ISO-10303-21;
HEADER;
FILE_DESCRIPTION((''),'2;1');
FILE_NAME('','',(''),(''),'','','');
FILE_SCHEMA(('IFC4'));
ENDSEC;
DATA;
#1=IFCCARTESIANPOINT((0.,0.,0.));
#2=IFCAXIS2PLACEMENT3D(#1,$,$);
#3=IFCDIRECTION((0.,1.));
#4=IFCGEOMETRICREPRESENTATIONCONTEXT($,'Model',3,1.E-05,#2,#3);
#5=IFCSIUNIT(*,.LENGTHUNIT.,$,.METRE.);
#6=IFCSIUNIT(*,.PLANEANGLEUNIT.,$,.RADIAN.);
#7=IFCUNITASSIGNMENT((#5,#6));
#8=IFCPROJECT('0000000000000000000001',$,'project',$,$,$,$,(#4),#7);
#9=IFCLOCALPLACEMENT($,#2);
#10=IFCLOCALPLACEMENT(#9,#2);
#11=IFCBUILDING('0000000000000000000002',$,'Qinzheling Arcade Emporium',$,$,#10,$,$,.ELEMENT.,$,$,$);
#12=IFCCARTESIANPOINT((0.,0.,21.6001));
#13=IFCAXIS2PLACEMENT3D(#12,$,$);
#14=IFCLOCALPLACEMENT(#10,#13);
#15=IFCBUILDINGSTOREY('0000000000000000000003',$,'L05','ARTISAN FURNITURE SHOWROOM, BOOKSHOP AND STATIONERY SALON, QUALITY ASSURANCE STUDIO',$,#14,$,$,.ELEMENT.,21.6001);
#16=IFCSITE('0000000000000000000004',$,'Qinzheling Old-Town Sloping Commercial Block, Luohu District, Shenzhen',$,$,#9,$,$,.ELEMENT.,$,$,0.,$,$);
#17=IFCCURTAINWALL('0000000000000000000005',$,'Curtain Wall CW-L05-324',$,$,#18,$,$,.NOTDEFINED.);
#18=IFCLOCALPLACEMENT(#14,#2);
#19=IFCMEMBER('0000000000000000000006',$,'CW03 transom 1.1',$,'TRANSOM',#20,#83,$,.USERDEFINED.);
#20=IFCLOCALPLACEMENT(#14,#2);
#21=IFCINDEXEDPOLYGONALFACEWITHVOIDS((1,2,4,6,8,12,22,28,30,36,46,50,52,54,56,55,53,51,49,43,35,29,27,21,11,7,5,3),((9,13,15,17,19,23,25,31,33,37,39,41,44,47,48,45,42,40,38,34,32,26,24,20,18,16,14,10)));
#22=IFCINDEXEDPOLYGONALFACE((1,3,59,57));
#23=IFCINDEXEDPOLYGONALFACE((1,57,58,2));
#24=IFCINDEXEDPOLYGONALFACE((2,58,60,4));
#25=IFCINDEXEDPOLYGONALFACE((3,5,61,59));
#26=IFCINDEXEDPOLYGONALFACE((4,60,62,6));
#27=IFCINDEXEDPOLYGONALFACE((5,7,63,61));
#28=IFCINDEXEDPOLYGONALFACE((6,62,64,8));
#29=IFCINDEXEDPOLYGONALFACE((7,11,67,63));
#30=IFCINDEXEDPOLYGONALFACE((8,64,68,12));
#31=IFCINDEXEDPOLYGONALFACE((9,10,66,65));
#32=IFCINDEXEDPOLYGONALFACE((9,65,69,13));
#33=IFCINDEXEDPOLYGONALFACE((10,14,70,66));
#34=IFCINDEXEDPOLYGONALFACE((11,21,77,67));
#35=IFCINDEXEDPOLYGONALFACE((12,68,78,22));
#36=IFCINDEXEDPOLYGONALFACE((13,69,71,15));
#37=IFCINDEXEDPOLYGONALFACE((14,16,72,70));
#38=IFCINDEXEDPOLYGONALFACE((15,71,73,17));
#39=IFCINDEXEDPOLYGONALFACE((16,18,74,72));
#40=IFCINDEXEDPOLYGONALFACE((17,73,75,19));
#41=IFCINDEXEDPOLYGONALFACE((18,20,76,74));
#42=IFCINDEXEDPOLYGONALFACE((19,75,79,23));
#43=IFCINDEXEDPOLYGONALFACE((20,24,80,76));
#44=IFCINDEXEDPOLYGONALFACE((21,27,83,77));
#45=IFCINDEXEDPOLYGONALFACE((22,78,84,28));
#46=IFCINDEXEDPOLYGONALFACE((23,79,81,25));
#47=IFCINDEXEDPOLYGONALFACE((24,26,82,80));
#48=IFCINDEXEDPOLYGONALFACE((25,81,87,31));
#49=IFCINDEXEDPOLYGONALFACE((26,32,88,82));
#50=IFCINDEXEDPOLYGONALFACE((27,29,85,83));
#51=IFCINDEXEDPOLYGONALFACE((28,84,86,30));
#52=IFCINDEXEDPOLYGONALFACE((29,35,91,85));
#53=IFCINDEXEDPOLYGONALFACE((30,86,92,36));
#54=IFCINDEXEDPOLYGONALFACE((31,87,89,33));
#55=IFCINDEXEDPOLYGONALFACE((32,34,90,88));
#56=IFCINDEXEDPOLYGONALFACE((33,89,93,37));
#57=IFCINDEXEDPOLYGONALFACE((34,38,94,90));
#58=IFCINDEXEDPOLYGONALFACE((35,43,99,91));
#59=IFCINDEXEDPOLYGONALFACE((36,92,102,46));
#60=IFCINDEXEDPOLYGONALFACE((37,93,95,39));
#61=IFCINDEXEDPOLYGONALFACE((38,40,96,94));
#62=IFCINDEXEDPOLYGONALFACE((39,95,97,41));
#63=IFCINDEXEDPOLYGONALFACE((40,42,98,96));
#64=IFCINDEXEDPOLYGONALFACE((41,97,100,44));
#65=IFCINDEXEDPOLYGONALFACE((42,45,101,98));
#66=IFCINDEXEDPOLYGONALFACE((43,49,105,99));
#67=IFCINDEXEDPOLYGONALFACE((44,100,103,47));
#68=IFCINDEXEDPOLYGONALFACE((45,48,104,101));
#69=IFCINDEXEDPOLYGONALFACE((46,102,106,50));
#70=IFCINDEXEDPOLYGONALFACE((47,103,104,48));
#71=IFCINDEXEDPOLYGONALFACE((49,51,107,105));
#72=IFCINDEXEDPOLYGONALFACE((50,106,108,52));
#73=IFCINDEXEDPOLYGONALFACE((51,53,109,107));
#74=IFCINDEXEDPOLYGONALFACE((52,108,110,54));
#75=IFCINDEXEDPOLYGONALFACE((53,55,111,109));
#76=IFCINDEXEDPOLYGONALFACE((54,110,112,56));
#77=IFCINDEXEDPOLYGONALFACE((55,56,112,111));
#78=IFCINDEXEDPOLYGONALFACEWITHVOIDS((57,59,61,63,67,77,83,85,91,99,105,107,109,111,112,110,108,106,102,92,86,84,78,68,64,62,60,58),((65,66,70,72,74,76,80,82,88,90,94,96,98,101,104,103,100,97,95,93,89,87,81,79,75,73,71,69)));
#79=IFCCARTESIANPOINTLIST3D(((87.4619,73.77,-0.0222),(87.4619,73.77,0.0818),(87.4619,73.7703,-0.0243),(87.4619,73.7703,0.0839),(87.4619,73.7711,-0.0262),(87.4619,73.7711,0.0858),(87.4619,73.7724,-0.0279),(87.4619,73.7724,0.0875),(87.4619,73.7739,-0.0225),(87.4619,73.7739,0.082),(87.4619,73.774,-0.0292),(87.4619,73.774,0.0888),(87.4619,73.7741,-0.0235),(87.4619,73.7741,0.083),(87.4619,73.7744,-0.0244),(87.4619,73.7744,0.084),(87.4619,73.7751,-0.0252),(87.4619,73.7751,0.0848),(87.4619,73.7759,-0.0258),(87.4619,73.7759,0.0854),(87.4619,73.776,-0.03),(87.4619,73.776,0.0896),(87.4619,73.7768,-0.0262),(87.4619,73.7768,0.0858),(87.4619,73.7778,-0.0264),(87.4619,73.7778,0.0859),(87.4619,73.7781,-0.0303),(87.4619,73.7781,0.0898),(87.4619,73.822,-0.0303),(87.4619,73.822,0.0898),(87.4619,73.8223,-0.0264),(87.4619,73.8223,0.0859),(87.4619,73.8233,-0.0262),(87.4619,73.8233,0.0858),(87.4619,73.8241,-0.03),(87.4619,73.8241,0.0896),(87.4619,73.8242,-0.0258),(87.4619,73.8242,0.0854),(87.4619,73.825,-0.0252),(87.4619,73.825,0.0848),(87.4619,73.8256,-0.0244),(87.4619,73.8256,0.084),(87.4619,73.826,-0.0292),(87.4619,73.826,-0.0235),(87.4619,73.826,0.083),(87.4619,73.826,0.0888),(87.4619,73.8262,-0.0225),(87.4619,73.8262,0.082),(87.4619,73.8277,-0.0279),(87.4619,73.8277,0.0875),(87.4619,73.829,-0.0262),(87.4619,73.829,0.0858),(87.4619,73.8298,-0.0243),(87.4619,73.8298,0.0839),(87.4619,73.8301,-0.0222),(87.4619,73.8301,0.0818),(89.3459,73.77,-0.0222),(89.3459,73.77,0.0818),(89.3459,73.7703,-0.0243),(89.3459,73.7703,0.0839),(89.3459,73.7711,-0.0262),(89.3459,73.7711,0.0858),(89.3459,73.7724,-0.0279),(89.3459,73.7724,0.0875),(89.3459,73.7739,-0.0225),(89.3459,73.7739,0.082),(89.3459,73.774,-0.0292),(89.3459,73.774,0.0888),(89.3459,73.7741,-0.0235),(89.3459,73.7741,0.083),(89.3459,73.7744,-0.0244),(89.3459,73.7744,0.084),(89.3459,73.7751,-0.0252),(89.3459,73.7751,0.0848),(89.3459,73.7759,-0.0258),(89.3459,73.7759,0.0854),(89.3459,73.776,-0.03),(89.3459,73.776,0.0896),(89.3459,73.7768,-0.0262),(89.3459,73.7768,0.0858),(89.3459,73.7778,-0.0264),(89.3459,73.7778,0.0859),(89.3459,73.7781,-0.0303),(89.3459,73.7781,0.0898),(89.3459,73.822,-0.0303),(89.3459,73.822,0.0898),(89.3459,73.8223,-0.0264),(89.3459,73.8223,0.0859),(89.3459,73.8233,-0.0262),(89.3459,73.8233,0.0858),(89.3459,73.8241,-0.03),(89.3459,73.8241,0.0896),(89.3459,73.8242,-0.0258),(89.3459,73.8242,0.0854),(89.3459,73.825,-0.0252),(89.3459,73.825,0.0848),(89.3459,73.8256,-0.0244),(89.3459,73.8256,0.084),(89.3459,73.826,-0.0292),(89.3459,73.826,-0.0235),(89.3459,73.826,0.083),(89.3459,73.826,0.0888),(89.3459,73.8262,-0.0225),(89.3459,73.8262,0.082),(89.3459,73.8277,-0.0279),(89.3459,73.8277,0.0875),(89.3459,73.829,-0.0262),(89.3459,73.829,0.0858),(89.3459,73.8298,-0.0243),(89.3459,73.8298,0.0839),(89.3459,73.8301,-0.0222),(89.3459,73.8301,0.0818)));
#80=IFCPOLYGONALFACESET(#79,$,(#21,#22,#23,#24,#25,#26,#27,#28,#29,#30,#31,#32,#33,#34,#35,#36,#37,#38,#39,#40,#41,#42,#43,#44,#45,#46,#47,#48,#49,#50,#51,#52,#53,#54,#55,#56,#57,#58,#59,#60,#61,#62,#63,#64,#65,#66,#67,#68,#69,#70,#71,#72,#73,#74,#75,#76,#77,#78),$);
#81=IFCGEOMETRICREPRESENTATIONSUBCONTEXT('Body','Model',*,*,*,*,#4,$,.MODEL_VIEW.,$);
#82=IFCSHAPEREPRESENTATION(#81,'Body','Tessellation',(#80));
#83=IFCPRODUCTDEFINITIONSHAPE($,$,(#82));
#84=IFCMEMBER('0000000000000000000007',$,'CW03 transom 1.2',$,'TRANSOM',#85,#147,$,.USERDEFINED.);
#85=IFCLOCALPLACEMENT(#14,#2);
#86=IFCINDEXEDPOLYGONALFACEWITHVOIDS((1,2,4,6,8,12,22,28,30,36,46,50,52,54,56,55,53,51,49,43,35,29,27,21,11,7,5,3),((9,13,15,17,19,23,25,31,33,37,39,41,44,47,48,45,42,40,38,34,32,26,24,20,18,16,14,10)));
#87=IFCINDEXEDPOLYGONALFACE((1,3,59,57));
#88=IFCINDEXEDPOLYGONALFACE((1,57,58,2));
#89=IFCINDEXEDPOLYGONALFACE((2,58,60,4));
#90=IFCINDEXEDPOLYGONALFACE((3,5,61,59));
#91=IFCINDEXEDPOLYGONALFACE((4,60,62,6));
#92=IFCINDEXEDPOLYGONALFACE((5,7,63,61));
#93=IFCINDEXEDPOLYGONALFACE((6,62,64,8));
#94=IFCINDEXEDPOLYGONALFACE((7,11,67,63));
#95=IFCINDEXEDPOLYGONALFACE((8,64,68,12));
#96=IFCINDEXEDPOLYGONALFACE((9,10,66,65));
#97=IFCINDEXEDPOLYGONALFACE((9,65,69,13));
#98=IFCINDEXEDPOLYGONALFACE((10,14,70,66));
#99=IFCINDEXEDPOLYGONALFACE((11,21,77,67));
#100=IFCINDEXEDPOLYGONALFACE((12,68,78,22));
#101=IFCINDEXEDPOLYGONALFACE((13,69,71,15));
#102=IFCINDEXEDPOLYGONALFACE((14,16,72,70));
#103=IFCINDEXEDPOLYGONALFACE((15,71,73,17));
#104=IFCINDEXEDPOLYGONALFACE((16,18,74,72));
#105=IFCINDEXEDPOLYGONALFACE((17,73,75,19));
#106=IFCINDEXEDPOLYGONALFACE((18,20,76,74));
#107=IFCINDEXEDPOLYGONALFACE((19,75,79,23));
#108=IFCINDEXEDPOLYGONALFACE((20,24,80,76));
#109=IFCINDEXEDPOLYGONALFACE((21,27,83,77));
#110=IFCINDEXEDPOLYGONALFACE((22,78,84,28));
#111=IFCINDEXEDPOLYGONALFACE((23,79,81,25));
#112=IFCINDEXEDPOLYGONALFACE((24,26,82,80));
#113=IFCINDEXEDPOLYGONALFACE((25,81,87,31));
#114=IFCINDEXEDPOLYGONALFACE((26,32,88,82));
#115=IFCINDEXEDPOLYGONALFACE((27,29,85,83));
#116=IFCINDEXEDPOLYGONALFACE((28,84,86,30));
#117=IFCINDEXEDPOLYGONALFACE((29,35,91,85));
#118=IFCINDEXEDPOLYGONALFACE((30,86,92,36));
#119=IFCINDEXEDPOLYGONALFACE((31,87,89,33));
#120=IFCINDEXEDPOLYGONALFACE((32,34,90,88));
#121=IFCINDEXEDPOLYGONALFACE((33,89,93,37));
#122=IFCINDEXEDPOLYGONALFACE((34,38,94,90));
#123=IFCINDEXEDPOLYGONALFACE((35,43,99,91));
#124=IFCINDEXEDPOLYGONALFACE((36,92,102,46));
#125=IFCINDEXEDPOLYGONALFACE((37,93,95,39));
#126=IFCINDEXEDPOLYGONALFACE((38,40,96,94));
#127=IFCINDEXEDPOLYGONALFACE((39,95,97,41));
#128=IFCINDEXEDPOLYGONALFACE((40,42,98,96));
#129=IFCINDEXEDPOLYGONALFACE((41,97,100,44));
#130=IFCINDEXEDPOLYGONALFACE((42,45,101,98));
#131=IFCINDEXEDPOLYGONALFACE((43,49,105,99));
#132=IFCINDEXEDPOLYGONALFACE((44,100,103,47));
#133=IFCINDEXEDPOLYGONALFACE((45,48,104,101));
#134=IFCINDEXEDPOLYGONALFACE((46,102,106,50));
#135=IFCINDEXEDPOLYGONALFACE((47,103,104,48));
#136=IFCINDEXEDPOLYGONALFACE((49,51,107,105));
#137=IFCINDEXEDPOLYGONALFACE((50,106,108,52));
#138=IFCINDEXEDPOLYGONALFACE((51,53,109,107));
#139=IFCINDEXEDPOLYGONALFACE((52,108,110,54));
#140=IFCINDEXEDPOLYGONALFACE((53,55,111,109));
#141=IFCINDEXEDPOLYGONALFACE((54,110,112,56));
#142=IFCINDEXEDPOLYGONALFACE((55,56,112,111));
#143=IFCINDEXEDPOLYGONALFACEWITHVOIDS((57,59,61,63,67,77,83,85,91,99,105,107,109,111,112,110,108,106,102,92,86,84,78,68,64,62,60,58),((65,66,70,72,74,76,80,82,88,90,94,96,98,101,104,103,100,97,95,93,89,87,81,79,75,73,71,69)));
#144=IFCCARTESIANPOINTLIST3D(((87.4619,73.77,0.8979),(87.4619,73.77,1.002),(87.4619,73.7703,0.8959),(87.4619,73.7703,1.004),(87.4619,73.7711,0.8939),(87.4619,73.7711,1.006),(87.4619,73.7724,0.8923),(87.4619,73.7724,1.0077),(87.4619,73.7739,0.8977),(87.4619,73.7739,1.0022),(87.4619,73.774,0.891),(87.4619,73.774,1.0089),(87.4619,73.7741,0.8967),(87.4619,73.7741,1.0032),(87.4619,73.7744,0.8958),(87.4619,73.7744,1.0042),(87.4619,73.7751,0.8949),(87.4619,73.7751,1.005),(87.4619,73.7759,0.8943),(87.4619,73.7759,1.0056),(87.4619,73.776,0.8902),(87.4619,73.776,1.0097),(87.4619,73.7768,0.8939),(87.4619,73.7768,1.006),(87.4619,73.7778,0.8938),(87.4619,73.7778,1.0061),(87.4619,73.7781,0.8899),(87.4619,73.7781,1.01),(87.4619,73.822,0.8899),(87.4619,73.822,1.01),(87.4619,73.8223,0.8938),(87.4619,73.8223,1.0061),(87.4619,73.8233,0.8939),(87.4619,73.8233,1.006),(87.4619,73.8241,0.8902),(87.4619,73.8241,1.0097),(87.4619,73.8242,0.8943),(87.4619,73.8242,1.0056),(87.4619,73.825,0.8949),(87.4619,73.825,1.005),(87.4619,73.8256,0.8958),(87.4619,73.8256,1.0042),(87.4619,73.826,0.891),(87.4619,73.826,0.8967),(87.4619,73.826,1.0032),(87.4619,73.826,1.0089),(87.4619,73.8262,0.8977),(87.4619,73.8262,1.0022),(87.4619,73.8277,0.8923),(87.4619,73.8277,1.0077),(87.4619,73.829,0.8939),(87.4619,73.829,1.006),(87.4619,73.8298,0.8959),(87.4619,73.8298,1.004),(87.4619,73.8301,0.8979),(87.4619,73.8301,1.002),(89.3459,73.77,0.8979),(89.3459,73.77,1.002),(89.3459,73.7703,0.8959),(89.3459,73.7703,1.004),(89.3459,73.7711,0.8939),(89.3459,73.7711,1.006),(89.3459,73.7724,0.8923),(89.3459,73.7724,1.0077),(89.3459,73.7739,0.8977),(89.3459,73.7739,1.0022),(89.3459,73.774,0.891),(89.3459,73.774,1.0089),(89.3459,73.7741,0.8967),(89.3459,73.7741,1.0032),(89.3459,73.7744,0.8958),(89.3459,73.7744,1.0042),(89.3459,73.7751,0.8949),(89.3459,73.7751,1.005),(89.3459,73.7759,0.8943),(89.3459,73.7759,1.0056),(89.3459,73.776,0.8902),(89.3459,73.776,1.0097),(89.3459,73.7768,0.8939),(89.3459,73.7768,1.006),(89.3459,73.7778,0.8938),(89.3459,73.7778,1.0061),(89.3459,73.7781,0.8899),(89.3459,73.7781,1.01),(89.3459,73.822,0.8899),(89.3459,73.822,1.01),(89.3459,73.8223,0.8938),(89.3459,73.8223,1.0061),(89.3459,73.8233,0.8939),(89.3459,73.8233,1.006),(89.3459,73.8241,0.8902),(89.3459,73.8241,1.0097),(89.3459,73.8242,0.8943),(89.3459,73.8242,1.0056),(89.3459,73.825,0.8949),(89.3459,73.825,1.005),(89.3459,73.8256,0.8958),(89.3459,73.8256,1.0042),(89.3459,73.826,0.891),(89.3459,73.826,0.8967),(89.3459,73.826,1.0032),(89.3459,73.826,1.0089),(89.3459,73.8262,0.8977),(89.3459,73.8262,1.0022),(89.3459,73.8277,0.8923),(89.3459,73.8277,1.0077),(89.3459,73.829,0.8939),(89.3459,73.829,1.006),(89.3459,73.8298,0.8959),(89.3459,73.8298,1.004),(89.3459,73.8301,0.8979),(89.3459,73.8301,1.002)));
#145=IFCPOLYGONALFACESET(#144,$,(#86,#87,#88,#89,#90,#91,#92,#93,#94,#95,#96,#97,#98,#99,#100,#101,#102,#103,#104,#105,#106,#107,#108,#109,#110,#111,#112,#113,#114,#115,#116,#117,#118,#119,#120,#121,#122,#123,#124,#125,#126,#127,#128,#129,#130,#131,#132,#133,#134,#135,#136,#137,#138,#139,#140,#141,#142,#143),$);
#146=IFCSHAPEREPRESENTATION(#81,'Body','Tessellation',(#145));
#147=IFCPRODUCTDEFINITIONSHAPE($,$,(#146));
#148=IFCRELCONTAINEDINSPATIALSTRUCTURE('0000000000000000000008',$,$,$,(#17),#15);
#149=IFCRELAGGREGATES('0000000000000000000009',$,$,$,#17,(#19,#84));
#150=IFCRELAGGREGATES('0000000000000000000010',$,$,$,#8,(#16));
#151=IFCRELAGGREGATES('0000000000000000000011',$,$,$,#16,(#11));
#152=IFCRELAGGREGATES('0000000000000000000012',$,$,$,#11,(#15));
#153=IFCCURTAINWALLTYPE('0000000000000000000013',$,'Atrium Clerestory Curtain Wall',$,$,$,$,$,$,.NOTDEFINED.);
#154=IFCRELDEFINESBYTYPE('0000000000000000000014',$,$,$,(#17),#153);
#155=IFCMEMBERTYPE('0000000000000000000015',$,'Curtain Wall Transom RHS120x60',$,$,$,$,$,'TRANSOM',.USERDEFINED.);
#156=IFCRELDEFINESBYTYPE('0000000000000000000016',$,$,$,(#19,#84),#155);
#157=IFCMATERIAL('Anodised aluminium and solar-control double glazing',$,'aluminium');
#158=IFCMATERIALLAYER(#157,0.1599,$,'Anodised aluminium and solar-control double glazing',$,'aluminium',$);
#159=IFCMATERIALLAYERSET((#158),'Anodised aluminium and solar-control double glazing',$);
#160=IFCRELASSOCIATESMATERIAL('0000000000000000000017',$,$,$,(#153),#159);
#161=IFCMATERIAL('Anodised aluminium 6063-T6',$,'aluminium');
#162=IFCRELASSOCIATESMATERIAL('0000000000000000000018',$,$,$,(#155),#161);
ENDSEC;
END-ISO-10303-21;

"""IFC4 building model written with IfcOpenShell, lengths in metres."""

from ifc_helpers import new_model, si_unit, direction, frame, origin, origin_2d, place, context, subcontext, project, spatial, hollow_rectangle, extrude, material, layer, layer_set, material_profile, profile_set, type_object, element, aggregate, save


model = new_model("IFC4")

# Units and contexts
model_context = context("Model", 3, precision=1e-05, world=origin(), true_north=direction((0.0, 1.0)))
body_context = subcontext(model_context, "Body", "Model", "MODEL_VIEW")
ifc_project = project(units=[si_unit("LENGTHUNIT", "METRE"), si_unit("PLANEANGLEUNIT", "RADIAN")], contexts=[model_context])

# Site, building, storey
site_placement = place(None, origin())
site = spatial("IfcSite", under=ifc_project, at=site_placement, Name="Qinzheling Old-Town Sloping Commercial Block, Luohu District, Shenzhen", CompositionType="ELEMENT", RefElevation=0.0)
building_placement = place(site_placement, origin())
building = spatial("IfcBuilding", under=site, at=building_placement, Name="Qinzheling Arcade Emporium", CompositionType="ELEMENT")
storey_placement = place(building_placement, frame((0.0, 0.0, 21.6001)))
storey = spatial("IfcBuildingStorey", under=building, at=storey_placement, Name="L05", Description="ARTISAN FURNITURE SHOWROOM, BOOKSHOP AND STATIONERY SALON, QUALITY ASSURANCE STUDIO", CompositionType="ELEMENT", Elevation=21.6001)

# Curtain wall
ifc_material_1 = material(Name="Anodised aluminium and solar-control double glazing", Category="aluminium")
ifc_layer_1 = layer(ifc_material_1, 0.1599, Name="Anodised aluminium and solar-control double glazing", Category="aluminium")
ifc_layer_set_1 = layer_set([ifc_layer_1], Name="Anodised aluminium and solar-control double glazing")
curtain_wall_type = type_object("IfcCurtainWallType", Name="Atrium Clerestory Curtain Wall", PredefinedType="NOTDEFINED", material=ifc_layer_set_1)
ifc_material_2 = material(Name="Anodised aluminium 6063-T6", Category="aluminium")
curtain_wall_1_placement = place(storey_placement, origin())
curtain_wall_1 = element("IfcCurtainWall", 1, at=curtain_wall_1_placement, inside=storey, type_object=curtain_wall_type, Name="Curtain Wall CW-L05-324", PredefinedType="NOTDEFINED")

# Members
ifc_material_profile_1 = material_profile(ifc_material_2, hollow_rectangle(XDim=0.0601, YDim=0.1201, WallThickness=0.0039, InnerFilletRadius=0.0039, OuterFilletRadius=0.0081, at=origin_2d()), Name="RHS 120x60x4", Category="aluminium")
ifc_profile_set_1 = profile_set([ifc_material_profile_1], Name="Anodised aluminium 6063-T6")
member_type_1 = type_object("IfcMemberType", Name="Curtain Wall Transom RHS120x60", ElementType="TRANSOM", PredefinedType="USERDEFINED", material=ifc_profile_set_1)
member_1_placement = place(storey_placement, frame((87.4619, 73.8, 0.0298), z_axis=(1.0, 0.0, 0.0), x_axis=(0.0, 1.0, 0.0)))
member_1 = element("IfcMember", 2, at=member_1_placement, type_object=member_type_1, Name="CW03 transom 1.1", ObjectType="TRANSOM", PredefinedType="USERDEFINED", context=body_context, shape_type="SweptSolid", body=[
    extrude(hollow_rectangle(XDim=0.0601, YDim=0.1201, WallThickness=0.0039, InnerFilletRadius=0.0039, OuterFilletRadius=0.0081, at=origin_2d()), origin(), (0.0, 0.0, 1.0), 1.884),
])
member_2_placement = place(storey_placement, frame((87.4619, 73.8, 0.95), z_axis=(1.0, 0.0, 0.0), x_axis=(0.0, 1.0, 0.0)))
member_2 = element("IfcMember", 3, at=member_2_placement, type_object=member_type_1, Name="CW03 transom 1.2", ObjectType="TRANSOM", PredefinedType="USERDEFINED", context=body_context, shape_type="SweptSolid", body=[
    extrude(hollow_rectangle(XDim=0.0601, YDim=0.1201, WallThickness=0.0039, InnerFilletRadius=0.0039, OuterFilletRadius=0.0081, at=origin_2d()), origin(), (0.0, 0.0, 1.0), 1.884),
])

aggregate(curtain_wall_1, [member_1, member_2])

save(model, "model.ifc")
